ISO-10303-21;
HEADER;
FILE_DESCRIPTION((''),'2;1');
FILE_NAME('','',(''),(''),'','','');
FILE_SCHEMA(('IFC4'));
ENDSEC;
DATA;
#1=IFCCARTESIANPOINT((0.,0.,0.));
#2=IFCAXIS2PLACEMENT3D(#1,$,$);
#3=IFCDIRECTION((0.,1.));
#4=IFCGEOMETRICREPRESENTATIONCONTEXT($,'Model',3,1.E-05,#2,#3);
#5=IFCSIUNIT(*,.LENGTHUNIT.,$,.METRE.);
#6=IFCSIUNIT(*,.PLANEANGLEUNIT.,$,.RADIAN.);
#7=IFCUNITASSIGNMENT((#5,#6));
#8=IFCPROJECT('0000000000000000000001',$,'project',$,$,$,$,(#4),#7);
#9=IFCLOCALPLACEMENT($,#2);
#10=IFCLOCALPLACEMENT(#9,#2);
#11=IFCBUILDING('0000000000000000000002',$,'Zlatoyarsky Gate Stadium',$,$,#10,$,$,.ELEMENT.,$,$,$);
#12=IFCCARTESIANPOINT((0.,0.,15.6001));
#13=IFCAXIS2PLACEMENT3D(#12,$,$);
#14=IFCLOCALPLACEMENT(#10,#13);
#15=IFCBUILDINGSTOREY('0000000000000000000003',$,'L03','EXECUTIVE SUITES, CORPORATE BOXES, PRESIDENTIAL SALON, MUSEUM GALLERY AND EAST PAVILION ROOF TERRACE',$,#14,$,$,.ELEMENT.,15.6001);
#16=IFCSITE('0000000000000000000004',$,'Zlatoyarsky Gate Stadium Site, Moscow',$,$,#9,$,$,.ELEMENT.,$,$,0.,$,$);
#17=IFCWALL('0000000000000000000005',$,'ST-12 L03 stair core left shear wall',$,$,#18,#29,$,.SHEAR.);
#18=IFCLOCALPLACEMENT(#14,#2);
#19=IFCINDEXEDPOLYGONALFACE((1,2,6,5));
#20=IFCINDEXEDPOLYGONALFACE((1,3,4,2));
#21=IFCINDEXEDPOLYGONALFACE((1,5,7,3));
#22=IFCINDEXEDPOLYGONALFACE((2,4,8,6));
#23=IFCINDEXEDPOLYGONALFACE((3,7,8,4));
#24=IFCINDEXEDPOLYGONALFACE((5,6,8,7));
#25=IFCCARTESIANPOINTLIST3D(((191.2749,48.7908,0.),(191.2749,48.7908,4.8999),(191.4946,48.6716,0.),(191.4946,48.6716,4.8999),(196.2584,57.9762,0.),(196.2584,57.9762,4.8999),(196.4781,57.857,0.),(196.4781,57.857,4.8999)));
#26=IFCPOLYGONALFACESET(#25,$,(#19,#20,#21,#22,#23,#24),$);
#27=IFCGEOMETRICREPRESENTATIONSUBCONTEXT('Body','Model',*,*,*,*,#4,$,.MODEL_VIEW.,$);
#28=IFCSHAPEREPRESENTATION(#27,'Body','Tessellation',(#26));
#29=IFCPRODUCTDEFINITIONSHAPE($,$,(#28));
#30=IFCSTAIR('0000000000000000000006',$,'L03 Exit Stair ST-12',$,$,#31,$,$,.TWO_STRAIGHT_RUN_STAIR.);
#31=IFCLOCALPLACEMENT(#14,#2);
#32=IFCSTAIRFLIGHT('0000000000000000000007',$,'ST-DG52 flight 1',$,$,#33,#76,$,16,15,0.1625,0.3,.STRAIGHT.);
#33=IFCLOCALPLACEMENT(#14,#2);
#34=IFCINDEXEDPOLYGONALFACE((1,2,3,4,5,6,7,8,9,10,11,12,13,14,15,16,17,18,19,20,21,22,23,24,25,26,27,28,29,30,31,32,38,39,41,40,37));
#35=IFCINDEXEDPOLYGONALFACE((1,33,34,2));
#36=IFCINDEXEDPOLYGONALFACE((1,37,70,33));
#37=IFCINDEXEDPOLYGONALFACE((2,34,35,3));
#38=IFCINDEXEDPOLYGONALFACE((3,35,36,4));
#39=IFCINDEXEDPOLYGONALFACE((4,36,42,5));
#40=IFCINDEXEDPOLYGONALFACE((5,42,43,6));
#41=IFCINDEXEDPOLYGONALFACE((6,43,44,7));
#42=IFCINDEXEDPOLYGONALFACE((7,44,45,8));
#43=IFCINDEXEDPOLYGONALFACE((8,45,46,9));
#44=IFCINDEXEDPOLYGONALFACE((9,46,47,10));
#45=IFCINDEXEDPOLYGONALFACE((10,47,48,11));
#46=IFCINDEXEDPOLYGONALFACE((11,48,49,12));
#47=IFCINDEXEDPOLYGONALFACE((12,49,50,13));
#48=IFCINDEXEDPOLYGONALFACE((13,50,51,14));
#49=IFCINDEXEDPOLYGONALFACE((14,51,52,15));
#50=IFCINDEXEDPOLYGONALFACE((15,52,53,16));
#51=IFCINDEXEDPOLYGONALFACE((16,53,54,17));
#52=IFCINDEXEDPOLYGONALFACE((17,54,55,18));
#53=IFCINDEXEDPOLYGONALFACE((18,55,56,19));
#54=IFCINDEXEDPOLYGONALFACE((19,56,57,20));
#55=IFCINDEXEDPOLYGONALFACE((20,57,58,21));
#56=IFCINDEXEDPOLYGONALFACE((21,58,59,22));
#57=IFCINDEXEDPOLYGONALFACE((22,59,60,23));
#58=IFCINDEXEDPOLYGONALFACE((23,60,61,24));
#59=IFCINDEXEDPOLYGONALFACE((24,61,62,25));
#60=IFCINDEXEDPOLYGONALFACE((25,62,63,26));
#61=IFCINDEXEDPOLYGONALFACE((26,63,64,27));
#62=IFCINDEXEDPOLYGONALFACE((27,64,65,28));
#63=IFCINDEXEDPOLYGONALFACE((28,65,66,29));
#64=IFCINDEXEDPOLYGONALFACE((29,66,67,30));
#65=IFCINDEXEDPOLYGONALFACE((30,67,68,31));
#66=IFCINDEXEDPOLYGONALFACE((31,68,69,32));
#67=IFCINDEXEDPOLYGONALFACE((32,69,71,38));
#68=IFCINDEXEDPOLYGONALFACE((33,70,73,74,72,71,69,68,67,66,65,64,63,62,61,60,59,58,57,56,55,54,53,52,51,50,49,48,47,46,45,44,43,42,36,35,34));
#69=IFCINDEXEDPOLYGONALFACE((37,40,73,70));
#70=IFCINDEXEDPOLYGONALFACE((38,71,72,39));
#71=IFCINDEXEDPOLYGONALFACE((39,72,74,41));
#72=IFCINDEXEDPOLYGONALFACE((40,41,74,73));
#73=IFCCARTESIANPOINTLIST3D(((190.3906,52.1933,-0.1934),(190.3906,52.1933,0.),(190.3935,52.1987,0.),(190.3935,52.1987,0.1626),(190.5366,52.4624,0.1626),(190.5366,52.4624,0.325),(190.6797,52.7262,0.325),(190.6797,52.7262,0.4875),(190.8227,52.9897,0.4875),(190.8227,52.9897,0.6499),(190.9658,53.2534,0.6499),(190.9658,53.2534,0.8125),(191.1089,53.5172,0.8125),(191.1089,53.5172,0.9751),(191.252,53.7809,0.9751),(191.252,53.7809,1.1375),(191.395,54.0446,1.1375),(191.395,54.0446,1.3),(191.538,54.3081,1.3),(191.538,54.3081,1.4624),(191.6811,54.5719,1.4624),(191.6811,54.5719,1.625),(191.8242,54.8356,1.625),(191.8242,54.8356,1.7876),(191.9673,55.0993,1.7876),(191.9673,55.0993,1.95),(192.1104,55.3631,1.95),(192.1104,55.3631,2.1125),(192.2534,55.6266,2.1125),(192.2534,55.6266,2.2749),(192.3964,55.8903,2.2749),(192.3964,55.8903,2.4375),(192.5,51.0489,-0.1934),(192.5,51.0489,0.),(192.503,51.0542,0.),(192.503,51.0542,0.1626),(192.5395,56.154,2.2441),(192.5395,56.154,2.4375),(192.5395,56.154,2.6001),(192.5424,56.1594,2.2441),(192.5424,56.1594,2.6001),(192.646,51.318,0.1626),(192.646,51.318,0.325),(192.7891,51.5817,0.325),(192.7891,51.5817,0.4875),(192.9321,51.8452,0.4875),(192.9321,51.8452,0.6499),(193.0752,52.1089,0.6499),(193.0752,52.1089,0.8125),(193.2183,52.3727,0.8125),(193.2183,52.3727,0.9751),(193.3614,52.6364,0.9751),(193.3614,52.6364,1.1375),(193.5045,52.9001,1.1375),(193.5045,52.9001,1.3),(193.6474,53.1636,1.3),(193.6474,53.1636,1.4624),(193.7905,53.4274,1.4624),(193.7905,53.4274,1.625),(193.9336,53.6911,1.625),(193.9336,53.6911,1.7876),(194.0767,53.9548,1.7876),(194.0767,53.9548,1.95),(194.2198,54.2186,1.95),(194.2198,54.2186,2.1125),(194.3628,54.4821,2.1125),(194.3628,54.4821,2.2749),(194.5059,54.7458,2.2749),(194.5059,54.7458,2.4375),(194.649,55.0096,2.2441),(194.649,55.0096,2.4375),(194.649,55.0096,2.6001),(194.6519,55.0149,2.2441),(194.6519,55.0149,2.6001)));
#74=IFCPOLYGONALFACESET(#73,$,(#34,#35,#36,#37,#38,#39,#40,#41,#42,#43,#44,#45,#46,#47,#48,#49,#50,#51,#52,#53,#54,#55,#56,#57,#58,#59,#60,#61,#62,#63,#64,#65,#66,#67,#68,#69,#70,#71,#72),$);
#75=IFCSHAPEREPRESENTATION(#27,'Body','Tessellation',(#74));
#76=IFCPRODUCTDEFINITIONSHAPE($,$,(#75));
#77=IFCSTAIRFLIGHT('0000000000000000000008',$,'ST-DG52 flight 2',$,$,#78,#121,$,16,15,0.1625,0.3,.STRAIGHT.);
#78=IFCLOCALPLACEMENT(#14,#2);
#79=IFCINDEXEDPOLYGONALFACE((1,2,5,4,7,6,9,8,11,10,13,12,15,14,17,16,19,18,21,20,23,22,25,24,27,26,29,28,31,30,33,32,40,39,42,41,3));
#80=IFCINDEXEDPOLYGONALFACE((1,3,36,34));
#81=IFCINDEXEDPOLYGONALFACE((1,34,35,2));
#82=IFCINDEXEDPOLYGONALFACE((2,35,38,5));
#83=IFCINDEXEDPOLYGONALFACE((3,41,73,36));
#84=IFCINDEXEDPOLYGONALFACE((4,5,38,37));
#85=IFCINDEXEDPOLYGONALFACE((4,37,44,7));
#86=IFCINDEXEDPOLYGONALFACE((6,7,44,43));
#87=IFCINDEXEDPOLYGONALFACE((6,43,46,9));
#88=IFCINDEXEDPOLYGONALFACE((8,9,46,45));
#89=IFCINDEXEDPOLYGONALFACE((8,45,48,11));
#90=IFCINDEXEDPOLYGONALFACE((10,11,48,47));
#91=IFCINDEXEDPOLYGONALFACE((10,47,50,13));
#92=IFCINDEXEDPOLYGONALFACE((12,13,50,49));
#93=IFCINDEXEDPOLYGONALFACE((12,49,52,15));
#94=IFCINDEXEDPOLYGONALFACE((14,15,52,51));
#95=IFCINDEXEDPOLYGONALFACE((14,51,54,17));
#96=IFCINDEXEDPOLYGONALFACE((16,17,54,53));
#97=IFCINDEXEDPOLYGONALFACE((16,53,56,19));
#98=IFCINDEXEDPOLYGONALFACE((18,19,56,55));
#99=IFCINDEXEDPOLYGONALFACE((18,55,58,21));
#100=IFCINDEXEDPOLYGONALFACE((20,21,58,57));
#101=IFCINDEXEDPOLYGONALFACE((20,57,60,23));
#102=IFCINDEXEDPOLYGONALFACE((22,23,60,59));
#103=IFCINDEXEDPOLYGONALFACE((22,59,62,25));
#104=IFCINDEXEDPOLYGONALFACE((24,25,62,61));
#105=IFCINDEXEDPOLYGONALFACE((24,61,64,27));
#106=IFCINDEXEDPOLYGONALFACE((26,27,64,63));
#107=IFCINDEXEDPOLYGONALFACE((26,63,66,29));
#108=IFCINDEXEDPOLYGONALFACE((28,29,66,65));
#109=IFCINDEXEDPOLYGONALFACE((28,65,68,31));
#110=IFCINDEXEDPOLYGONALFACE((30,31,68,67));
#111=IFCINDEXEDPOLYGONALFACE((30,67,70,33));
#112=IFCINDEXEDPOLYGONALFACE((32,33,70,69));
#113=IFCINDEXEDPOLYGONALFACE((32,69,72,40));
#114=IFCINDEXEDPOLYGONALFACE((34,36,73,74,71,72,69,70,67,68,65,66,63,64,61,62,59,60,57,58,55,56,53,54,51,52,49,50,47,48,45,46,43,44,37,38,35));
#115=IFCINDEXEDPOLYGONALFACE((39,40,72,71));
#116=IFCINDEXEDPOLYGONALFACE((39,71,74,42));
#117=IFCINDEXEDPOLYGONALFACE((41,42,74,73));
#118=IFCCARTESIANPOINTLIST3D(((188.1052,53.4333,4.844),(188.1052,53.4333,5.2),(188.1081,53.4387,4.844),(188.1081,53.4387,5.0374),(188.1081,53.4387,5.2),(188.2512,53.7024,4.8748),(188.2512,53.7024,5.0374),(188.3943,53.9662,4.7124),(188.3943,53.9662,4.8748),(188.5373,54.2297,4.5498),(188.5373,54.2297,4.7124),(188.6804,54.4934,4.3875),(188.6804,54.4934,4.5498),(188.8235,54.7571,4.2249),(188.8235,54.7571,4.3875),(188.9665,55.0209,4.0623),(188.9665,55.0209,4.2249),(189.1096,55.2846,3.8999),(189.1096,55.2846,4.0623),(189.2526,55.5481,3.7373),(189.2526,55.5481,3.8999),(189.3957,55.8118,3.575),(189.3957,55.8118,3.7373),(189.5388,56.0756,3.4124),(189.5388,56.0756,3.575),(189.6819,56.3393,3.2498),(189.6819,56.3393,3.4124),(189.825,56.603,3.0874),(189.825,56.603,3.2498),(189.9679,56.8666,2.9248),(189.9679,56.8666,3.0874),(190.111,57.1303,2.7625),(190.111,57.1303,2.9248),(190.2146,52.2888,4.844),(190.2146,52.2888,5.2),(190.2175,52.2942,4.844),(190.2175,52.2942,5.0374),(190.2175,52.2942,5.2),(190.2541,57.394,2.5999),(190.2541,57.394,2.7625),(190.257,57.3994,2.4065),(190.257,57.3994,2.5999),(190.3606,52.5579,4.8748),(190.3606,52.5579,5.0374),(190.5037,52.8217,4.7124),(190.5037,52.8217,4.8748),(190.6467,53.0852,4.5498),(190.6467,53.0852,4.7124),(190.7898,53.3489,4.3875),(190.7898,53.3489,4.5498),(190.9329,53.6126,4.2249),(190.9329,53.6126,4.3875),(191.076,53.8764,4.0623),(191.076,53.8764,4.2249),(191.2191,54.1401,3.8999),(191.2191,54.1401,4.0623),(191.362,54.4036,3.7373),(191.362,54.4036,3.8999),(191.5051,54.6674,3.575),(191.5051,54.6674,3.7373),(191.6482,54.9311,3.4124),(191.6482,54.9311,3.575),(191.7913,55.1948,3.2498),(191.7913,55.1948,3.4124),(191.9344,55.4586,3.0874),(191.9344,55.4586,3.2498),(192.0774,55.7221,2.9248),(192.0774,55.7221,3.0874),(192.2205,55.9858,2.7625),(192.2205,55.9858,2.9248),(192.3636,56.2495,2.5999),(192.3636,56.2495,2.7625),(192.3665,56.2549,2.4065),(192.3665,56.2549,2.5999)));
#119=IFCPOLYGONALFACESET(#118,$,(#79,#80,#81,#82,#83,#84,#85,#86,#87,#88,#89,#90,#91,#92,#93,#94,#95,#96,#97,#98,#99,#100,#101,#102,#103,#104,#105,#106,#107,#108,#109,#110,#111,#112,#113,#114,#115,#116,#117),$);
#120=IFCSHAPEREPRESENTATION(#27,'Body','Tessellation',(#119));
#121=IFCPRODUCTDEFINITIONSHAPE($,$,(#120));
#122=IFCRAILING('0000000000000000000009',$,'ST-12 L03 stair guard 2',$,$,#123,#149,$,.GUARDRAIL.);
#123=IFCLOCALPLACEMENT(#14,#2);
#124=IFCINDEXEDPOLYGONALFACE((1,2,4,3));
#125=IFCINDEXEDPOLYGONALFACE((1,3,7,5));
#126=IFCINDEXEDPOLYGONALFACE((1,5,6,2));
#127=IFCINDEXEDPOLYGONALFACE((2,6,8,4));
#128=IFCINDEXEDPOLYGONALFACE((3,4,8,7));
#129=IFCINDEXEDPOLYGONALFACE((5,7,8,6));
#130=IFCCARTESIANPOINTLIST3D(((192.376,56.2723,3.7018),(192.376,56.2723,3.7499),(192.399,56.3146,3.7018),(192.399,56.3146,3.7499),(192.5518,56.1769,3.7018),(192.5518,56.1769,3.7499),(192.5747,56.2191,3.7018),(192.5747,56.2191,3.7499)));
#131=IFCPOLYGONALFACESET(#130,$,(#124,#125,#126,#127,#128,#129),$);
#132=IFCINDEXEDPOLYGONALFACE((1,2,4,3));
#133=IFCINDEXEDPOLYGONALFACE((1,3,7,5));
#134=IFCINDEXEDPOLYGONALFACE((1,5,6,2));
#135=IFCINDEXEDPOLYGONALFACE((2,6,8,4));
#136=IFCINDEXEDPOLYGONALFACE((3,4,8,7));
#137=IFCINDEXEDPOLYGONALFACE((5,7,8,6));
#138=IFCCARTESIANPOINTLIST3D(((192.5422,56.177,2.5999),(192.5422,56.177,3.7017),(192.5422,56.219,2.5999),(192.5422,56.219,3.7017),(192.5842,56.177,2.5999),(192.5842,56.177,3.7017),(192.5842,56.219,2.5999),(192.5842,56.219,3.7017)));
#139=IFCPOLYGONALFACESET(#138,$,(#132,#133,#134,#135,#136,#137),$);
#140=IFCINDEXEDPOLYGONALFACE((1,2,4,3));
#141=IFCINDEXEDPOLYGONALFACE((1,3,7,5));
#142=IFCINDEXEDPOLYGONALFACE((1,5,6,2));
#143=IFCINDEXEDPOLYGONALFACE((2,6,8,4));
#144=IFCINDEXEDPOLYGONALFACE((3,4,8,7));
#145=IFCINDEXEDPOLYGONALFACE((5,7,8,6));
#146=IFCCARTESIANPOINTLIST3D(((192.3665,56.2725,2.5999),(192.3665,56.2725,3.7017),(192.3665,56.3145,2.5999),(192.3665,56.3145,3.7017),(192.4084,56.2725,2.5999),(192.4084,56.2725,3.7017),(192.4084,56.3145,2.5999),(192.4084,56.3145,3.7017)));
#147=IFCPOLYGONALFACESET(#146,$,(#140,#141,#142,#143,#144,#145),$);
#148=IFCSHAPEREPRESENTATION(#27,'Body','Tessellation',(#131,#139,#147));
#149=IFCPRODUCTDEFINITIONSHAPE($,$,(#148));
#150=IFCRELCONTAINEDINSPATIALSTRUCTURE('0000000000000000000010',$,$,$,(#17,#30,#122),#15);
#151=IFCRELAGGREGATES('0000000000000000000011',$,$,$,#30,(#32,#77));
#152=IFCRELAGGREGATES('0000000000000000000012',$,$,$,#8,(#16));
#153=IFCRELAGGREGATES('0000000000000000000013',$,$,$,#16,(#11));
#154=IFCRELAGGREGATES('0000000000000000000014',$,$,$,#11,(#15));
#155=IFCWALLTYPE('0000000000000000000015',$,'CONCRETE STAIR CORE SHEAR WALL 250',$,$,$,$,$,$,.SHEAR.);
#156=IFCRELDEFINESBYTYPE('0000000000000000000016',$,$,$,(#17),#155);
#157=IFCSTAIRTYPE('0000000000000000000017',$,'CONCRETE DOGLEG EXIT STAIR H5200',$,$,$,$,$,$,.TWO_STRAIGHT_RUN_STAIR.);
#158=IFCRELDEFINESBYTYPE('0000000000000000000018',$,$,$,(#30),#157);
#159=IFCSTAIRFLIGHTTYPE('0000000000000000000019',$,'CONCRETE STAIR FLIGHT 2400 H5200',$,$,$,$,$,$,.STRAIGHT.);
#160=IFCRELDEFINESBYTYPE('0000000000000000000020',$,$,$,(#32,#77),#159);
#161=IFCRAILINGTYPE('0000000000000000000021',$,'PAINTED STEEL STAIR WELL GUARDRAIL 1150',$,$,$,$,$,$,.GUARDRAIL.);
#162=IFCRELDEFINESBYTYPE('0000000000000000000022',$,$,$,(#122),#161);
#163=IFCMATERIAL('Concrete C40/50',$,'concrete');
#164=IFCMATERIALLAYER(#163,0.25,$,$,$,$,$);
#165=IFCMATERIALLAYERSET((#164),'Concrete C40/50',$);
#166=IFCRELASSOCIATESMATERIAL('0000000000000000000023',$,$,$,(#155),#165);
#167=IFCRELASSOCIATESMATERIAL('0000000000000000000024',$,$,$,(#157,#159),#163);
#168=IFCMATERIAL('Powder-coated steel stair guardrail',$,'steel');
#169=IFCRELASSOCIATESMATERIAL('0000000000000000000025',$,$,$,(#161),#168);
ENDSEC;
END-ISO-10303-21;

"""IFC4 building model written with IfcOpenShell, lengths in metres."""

from ifc_helpers import new_model, si_unit, direction, frame, frame_2d, origin, origin_2d, place, context, subcontext, project, spatial, polyline, rectangle, outline, extrude, material, layer, layer_set, type_object, element, aggregate, save


model = new_model("IFC4")

# Units and contexts
model_context = context("Model", 3, precision=1e-05, world=origin(), true_north=direction((0.0, 1.0)))
body_context = subcontext(model_context, "Body", "Model", "MODEL_VIEW")
ifc_project = project(units=[si_unit("LENGTHUNIT", "METRE"), si_unit("PLANEANGLEUNIT", "RADIAN")], contexts=[model_context])

# Site, building, storey
site_placement = place(None, origin())
site = spatial("IfcSite", under=ifc_project, at=site_placement, Name="Zlatoyarsky Gate Stadium Site, Moscow", CompositionType="ELEMENT", RefElevation=0.0)
building_placement = place(site_placement, origin())
building = spatial("IfcBuilding", under=site, at=building_placement, Name="Zlatoyarsky Gate Stadium", CompositionType="ELEMENT")
storey_placement = place(building_placement, frame((0.0, 0.0, 15.6001)))
storey = spatial("IfcBuildingStorey", under=building, at=storey_placement, Name="L03", Description="EXECUTIVE SUITES, CORPORATE BOXES, PRESIDENTIAL SALON, MUSEUM GALLERY AND EAST PAVILION ROOF TERRACE", CompositionType="ELEMENT", Elevation=15.6001)

# Wall
ifc_material_1 = material(Name="Concrete C40/50", Category="concrete")
ifc_layer_1 = layer(ifc_material_1, 0.25)
ifc_layer_set_1 = layer_set([ifc_layer_1], Name="Concrete C40/50")
wall_type = type_object("IfcWallType", Name="CONCRETE STAIR CORE SHEAR WALL 250", PredefinedType="SHEAR", material=ifc_layer_set_1)
wall_placement = place(storey_placement, frame((191.3848, 48.7312, 0.0), z_axis=(0.0, 0.0, 1.0), x_axis=(0.476877, 0.87897, 0.0)))
element("IfcWall", 1, at=wall_placement, inside=storey, type_object=wall_type, Name="ST-12 L03 stair core left shear wall", PredefinedType="SHEAR", context=body_context, shape_type="SweptSolid", body=[
    extrude(rectangle(XDim=10.4502, YDim=0.25, at=frame_2d((5.2251, 0.0))), origin(), (0.0, 0.0, 1.0), 4.8999),
])

# Stair, stair flights
stair_type = type_object("IfcStairType", Name="CONCRETE DOGLEG EXIT STAIR H5200", PredefinedType="TWO_STRAIGHT_RUN_STAIR", material=ifc_material_1)
stair_placement = place(storey_placement, origin())
stair = element("IfcStair", 2, at=stair_placement, inside=storey, type_object=stair_type, Name="L03 Exit Stair ST-12", PredefinedType="TWO_STRAIGHT_RUN_STAIR")
stair_flight_type = type_object("IfcStairFlightType", Name="CONCRETE STAIR FLIGHT 2400 H5200", PredefinedType="STRAIGHT", material=ifc_material_1)
stair_flight_1_placement = place(storey_placement, frame((191.4482, 51.6265, 0.0), z_axis=(0.0, 0.0, 1.0), x_axis=(0.47689, 0.878963, 0.0)))
stair_flight_1 = element("IfcStairFlight", 3, at=stair_flight_1_placement, type_object=stair_flight_type, Name="ST-DG52 flight 1", NumberOfRisers=16, NumberOfTreads=15, PredefinedType="STRAIGHT", RiserHeight=0.1625, TreadLength=0.3, context=body_context, shape_type="SweptSolid", body=[
    extrude(outline(polyline([(-0.0061, -0.1934), (-0.0061, 0.0), (0.0, 0.0), (0.0, 0.1626), (0.3, 0.1626), (0.3, 0.325), (0.6001, 0.325), (0.6001, 0.4875), (0.8999, 0.4875), (0.8999, 0.6499), (1.2, 0.6499), (1.2, 0.8125), (1.5, 0.8125), (1.5, 0.9751), (1.8, 0.9751), (1.8, 1.1375), (2.1001, 1.1375), (2.1001, 1.3), (2.3999, 1.3), (2.3999, 1.4624), (2.7, 1.4624), (2.7, 1.625), (3.0, 1.625), (3.0, 1.7876), (3.3, 1.7876), (3.3, 1.95), (3.6001, 1.95), (3.6001, 2.1125), (3.8999, 2.1125), (3.8999, 2.2749), (4.2, 2.2749), (4.2, 2.4375), (4.5, 2.4375), (4.5, 2.6001), (4.5061, 2.6001), (4.5061, 2.2441), (4.5, 2.2441), (-0.0061, -0.1934)])), frame((0.0, 1.2, 0.0), z_axis=(0.0, -1.0, 0.0), x_axis=(1.0, 0.0, 0.0)), (0.0, 0.0, 1.0), 2.3999),
])
stair_flight_2_placement = place(storey_placement, frame((191.3088, 56.8218, 2.5999), z_axis=(0.0, 0.0, 1.0), x_axis=(-0.47689, -0.878963, 0.0)))
stair_flight_2 = element("IfcStairFlight", 4, at=stair_flight_2_placement, type_object=stair_flight_type, Name="ST-DG52 flight 2", NumberOfRisers=16, NumberOfTreads=15, PredefinedType="STRAIGHT", RiserHeight=0.1625, TreadLength=0.3, context=body_context, shape_type="SweptSolid", body=[
    extrude(outline(polyline([(-0.0061, -0.1934), (-0.0061, 0.0), (0.0, 0.0), (0.0, 0.1626), (0.3, 0.1626), (0.3, 0.325), (0.6001, 0.325), (0.6001, 0.4875), (0.8999, 0.4875), (0.8999, 0.6499), (1.2, 0.6499), (1.2, 0.8125), (1.5, 0.8125), (1.5, 0.9751), (1.8, 0.9751), (1.8, 1.1375), (2.1001, 1.1375), (2.1001, 1.3), (2.3999, 1.3), (2.3999, 1.4624), (2.7, 1.4624), (2.7, 1.625), (3.0, 1.625), (3.0, 1.7876), (3.3, 1.7876), (3.3, 1.95), (3.6001, 1.95), (3.6001, 2.1125), (3.8999, 2.1125), (3.8999, 2.2749), (4.2, 2.2749), (4.2, 2.4375), (4.5, 2.4375), (4.5, 2.6001), (4.5061, 2.6001), (4.5061, 2.2441), (4.5, 2.2441), (-0.0061, -0.1934)])), frame((0.0, 1.2, 0.0), z_axis=(0.0, -1.0, 0.0), x_axis=(1.0, 0.0, 0.0)), (0.0, 0.0, 1.0), 2.3999),
])
aggregate(stair, [stair_flight_1, stair_flight_2])

# Railing
ifc_material_2 = material(Name="Powder-coated steel stair guardrail", Category="steel")
railing_type_1 = type_object("IfcRailingType", Name="PAINTED STEEL STAIR WELL GUARDRAIL 1150", PredefinedType="GUARDRAIL", material=ifc_material_2)
railing_1_placement = place(storey_placement, frame((192.5632, 56.198, 2.5999)))
element("IfcRailing", 5, at=railing_1_placement, inside=storey, type_object=railing_type_1, Name="ST-12 L03 stair guard 2", PredefinedType="GUARDRAIL", context=body_context, shape_type="SweptSolid", body=[
    extrude(rectangle(XDim=0.0481, YDim=0.0481, at=origin_2d()), frame((0.0, 0.0, 1.126), z_axis=(-0.87878, 0.477227, 0.0), x_axis=(-0.477227, -0.87878, 0.0)), (0.0, 0.0, 1.0), 0.2),
    extrude(rectangle(XDim=0.042, YDim=0.042, at=origin_2d()), origin(), (0.0, 0.0, 1.0), 1.1018),
    extrude(rectangle(XDim=0.042, YDim=0.042, at=origin_2d()), frame((-0.1758, 0.0955, 0.0)), (0.0, 0.0, 1.0), 1.1018),
])

save(model, "model.ifc")
